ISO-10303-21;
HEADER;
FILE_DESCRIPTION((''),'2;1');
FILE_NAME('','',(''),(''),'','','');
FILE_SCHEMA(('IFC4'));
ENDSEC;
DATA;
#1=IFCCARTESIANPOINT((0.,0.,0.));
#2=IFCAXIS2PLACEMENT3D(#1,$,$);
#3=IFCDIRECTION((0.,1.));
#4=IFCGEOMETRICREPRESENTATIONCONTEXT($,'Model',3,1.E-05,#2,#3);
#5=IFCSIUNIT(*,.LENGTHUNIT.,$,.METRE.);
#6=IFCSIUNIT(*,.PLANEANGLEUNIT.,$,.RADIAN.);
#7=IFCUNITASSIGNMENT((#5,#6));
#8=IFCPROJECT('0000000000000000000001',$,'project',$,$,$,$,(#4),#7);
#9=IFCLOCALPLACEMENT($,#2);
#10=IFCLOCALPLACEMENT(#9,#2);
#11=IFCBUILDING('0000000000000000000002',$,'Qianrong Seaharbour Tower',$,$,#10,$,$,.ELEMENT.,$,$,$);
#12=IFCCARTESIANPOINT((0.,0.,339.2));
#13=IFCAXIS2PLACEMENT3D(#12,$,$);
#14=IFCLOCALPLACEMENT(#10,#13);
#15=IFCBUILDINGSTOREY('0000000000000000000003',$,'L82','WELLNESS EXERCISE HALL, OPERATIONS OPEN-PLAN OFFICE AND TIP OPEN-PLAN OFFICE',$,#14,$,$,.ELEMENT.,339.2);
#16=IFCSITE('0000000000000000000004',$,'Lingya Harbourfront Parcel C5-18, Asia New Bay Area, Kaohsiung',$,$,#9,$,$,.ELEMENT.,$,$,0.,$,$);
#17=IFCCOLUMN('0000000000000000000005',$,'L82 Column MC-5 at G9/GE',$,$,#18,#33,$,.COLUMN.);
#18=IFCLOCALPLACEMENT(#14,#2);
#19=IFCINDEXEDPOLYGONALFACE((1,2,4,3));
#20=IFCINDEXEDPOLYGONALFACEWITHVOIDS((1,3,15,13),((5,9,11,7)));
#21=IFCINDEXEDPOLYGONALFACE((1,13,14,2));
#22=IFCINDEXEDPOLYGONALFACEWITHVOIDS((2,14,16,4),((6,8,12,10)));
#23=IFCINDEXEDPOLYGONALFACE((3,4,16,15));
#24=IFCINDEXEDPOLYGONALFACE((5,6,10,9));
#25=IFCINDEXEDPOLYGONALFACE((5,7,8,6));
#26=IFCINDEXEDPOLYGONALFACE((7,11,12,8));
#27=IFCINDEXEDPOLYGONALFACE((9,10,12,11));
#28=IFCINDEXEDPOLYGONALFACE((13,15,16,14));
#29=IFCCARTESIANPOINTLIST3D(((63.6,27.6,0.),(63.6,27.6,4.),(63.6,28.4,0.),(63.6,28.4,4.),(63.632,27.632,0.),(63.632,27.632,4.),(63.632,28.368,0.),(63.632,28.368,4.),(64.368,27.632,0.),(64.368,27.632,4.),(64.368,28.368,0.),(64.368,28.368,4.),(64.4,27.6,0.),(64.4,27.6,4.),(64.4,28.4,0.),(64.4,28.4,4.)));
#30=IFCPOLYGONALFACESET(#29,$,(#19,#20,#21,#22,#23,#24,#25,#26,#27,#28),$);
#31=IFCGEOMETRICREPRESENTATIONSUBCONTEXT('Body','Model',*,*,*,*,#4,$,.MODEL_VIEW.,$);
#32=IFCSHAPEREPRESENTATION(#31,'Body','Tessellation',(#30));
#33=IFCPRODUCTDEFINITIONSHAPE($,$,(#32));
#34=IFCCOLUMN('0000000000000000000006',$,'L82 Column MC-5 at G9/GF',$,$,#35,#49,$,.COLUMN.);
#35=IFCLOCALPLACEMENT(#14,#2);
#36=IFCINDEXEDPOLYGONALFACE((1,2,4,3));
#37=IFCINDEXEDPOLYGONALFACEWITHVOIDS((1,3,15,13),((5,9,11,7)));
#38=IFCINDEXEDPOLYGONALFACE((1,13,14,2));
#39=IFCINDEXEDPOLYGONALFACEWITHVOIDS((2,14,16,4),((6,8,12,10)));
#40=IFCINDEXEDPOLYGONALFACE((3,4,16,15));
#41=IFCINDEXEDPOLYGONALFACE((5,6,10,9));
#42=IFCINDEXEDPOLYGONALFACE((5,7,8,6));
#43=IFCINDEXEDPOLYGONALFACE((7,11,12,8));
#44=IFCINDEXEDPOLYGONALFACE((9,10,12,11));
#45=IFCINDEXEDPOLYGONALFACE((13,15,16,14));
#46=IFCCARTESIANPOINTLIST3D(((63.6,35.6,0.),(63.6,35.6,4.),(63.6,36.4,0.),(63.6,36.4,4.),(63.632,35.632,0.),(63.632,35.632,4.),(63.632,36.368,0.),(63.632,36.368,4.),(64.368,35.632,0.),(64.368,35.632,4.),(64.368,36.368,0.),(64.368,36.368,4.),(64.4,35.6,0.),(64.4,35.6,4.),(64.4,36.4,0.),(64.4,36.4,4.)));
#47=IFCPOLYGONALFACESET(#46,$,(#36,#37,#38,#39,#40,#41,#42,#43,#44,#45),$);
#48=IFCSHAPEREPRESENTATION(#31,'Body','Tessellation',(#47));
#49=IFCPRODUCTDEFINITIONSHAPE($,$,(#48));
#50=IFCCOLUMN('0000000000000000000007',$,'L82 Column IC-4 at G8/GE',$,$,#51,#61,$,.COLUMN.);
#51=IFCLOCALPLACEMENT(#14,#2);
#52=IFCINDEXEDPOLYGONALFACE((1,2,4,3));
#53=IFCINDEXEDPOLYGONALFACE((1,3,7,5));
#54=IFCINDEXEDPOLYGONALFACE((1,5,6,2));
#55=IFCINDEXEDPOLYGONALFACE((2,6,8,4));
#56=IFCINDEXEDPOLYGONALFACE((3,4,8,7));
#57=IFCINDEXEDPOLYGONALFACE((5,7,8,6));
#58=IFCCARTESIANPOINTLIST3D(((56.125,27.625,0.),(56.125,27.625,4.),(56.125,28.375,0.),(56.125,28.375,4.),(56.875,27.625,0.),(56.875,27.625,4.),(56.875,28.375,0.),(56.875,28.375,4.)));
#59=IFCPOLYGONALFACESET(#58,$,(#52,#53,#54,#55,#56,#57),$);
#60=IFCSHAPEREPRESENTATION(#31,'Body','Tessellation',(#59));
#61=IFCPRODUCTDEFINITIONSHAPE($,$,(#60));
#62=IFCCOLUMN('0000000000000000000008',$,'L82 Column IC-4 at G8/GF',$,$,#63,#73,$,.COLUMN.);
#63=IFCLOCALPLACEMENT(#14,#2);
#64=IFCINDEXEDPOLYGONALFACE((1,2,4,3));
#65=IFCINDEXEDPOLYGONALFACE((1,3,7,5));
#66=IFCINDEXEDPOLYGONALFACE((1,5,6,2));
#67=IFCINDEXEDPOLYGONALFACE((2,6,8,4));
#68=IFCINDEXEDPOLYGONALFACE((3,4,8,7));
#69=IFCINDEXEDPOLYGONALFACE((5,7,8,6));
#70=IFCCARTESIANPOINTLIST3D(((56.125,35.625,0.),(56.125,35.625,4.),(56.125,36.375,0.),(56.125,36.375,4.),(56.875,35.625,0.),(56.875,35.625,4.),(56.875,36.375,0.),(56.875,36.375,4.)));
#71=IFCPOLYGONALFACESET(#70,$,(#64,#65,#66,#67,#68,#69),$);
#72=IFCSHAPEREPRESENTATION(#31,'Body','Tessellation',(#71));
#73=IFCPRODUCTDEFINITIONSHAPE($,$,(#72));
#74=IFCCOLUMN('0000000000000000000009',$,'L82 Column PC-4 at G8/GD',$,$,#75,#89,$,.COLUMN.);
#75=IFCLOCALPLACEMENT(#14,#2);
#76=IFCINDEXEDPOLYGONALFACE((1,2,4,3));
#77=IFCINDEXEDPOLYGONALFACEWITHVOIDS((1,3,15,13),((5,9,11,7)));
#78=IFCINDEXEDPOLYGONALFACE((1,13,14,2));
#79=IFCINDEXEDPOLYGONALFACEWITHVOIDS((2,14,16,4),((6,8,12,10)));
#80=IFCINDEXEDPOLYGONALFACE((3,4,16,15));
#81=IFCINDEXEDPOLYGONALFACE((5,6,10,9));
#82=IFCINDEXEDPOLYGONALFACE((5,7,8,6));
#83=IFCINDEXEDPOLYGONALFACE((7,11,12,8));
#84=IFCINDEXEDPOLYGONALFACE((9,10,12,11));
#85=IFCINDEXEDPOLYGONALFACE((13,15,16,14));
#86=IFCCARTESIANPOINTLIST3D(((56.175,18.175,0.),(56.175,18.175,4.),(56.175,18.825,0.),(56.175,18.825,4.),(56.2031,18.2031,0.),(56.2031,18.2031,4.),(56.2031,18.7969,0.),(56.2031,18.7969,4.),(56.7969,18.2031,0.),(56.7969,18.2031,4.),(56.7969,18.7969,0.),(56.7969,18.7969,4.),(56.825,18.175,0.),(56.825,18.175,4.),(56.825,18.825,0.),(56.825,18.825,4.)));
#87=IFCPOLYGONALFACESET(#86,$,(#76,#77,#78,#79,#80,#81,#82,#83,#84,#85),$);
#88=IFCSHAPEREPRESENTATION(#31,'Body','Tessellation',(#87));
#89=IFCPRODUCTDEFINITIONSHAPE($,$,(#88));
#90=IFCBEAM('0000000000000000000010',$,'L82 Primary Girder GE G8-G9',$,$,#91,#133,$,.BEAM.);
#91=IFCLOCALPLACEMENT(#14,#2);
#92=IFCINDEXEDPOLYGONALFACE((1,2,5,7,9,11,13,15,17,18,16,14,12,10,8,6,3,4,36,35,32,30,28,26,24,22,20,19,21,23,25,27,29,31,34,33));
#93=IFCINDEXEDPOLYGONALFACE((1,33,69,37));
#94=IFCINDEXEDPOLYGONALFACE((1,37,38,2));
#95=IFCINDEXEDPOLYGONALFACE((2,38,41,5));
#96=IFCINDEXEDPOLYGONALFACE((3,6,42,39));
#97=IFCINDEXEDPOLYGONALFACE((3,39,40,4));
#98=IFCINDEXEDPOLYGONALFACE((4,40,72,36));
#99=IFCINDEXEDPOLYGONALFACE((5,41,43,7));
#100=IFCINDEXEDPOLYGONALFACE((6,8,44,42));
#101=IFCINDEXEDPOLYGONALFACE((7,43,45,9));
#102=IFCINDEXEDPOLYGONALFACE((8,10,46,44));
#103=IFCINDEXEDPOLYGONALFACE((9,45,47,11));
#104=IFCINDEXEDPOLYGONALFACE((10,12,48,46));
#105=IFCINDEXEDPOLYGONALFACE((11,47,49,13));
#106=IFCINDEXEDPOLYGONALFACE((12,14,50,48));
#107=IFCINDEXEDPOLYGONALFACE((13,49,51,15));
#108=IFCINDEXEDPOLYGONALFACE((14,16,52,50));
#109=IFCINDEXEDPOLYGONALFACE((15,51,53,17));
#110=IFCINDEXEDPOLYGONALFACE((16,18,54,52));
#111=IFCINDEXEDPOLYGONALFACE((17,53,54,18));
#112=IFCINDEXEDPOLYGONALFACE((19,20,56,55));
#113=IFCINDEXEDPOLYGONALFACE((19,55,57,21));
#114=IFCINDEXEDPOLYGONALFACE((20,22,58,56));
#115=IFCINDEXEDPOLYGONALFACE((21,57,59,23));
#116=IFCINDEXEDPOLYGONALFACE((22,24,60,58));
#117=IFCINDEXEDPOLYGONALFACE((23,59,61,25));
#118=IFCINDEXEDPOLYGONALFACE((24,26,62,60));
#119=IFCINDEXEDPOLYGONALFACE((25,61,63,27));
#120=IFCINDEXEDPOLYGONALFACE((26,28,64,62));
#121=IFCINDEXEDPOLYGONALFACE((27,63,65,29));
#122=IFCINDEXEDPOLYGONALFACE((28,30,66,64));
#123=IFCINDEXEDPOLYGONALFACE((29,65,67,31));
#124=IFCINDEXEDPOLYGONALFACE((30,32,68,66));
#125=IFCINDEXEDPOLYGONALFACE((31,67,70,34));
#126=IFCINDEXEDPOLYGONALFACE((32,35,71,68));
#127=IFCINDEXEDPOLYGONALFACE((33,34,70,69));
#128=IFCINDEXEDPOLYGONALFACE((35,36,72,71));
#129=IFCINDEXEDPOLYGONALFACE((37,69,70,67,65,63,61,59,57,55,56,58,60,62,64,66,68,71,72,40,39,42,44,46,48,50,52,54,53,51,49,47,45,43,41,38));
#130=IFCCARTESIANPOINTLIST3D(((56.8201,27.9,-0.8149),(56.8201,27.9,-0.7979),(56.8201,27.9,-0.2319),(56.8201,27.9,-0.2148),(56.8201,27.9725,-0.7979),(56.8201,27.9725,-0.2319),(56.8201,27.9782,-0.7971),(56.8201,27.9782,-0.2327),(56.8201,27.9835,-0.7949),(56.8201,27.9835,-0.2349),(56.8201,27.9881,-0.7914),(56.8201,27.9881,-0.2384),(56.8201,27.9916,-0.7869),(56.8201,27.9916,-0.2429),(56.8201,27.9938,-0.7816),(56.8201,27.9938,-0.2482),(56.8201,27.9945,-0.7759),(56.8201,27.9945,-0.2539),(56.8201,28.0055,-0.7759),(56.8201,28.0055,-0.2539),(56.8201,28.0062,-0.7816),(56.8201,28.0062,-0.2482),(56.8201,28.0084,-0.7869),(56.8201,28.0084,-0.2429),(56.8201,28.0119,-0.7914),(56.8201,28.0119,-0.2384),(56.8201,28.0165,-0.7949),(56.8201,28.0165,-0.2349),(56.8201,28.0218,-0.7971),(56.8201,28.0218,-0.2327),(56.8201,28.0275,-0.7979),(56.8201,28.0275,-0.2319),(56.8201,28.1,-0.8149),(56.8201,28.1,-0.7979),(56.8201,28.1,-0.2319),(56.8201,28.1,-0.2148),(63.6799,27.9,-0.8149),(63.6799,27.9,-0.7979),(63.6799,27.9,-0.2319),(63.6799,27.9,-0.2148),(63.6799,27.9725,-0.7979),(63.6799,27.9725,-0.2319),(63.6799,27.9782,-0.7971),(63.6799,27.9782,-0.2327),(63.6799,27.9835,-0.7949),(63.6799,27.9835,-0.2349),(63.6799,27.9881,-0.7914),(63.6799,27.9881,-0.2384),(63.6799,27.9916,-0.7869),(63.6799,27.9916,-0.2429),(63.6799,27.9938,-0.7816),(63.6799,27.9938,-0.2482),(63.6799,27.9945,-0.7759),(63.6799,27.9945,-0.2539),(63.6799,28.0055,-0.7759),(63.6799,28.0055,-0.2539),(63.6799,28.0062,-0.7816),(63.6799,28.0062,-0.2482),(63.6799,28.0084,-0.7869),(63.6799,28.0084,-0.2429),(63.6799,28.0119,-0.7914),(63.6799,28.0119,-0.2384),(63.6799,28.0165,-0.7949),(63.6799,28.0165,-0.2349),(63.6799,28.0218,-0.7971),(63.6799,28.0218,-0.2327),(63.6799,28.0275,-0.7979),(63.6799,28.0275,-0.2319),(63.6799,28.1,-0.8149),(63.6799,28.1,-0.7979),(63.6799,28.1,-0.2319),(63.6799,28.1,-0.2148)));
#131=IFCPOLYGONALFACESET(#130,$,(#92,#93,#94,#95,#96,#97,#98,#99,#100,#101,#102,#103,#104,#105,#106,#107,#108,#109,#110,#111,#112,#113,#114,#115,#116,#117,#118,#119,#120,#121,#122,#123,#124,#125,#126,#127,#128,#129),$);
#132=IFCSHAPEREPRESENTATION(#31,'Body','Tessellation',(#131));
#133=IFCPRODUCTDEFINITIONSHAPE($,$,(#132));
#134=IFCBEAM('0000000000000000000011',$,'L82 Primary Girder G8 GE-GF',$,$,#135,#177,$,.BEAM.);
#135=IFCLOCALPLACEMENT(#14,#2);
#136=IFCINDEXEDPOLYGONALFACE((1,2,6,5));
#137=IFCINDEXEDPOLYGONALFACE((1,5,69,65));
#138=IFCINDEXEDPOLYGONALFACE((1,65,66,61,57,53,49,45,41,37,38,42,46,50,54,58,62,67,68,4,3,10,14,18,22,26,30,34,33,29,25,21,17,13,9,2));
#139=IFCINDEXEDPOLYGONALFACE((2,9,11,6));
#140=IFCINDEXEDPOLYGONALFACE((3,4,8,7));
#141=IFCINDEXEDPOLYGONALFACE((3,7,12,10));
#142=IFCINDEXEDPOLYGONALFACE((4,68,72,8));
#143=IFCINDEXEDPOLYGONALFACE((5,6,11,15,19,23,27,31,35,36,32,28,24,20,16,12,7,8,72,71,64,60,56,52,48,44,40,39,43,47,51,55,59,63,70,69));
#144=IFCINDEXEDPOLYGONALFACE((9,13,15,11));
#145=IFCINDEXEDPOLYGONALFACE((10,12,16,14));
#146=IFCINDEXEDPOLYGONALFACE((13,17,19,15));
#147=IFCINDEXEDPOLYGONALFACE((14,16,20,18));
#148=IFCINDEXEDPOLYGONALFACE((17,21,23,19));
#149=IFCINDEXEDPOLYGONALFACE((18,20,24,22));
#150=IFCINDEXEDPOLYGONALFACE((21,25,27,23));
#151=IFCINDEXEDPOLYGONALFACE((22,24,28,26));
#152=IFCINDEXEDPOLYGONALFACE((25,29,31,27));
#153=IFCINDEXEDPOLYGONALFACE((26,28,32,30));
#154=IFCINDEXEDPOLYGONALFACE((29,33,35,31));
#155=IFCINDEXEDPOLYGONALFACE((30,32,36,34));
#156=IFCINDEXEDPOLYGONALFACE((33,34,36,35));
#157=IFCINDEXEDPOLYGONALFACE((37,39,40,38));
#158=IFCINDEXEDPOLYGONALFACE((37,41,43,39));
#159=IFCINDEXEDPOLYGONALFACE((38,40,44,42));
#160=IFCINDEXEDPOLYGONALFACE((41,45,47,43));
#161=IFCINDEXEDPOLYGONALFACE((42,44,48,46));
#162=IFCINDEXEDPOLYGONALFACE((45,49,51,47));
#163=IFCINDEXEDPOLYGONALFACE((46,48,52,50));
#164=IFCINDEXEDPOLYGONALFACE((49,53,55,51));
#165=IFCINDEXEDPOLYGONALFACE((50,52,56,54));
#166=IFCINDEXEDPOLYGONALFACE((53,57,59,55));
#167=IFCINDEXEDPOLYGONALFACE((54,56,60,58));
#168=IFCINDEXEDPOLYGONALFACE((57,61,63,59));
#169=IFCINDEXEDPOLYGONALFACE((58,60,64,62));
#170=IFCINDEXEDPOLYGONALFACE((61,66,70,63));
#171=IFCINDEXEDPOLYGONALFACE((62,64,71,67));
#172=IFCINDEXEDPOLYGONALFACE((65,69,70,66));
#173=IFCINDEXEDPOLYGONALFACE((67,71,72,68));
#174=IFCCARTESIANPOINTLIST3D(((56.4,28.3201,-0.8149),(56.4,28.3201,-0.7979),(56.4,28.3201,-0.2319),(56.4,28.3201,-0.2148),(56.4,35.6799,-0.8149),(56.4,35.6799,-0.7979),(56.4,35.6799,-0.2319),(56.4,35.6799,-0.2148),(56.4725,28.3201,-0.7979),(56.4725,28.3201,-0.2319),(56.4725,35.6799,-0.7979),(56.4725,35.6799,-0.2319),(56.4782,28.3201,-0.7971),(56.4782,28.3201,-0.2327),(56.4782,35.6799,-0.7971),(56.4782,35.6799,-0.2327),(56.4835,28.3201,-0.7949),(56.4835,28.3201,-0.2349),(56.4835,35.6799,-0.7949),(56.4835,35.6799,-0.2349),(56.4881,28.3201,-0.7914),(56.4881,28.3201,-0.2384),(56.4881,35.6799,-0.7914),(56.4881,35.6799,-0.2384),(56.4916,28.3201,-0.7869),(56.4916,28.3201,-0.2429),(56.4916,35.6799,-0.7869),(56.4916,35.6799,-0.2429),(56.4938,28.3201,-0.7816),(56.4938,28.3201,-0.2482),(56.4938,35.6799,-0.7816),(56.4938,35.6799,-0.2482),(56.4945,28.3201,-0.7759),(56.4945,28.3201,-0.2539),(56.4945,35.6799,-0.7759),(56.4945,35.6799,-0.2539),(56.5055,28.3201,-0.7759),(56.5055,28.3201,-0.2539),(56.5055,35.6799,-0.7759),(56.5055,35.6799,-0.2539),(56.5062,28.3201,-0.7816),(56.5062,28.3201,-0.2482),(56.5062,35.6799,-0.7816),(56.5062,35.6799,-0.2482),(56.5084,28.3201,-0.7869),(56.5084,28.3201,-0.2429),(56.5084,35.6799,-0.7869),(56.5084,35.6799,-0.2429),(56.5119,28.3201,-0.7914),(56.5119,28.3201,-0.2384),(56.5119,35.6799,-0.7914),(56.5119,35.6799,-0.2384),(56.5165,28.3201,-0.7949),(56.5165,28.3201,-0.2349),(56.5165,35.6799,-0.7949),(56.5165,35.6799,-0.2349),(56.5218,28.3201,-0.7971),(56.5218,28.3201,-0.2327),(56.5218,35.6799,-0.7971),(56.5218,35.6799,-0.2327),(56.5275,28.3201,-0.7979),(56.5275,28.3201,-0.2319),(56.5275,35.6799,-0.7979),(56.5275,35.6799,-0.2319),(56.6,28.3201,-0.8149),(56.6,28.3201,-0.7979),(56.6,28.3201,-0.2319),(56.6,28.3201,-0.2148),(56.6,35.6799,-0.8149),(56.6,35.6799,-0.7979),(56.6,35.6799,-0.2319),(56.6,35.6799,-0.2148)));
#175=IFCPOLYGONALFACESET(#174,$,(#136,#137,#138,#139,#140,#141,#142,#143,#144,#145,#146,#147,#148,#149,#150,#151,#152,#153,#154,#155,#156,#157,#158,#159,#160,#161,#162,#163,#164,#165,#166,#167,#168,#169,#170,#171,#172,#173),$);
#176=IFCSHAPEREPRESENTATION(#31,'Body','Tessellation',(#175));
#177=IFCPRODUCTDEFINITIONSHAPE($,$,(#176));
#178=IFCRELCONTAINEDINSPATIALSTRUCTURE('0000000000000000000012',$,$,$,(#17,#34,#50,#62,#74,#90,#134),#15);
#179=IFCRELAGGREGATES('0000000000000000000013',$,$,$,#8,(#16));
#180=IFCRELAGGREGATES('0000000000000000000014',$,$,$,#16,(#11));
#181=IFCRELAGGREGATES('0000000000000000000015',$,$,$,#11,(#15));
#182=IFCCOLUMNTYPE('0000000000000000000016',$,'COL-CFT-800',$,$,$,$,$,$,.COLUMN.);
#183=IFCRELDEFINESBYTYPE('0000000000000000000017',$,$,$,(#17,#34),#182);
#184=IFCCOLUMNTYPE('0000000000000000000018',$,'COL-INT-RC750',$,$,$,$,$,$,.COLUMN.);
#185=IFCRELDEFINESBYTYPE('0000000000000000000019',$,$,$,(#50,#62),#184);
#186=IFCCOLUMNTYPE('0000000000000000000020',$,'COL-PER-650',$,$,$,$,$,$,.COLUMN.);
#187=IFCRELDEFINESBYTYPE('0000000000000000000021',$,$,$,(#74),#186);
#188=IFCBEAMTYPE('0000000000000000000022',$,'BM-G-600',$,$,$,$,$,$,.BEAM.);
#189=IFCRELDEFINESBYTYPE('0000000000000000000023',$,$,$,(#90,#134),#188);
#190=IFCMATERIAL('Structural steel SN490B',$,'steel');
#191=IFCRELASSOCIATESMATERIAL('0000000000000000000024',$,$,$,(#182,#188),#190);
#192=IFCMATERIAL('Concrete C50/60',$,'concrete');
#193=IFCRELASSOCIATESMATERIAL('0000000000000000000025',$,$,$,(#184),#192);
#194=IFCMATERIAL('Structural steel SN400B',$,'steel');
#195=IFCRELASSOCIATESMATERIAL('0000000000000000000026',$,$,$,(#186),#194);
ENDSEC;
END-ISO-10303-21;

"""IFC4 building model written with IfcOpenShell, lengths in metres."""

from ifc_helpers import new_model, si_unit, direction, frame, origin, origin_2d, place, context, subcontext, project, spatial, rectangle, hollow_rectangle, i_section, extrude, material, material_profile, profile_set, type_object, element, save


model = new_model("IFC4")

# Units and contexts
model_context = context("Model", 3, precision=1e-05, world=origin(), true_north=direction((0.0, 1.0)))
body_context = subcontext(model_context, "Body", "Model", "MODEL_VIEW")
ifc_project = project(units=[si_unit("LENGTHUNIT", "METRE"), si_unit("PLANEANGLEUNIT", "RADIAN")], contexts=[model_context])

# Site, building, storey
site_placement = place(None, origin())
site = spatial("IfcSite", under=ifc_project, at=site_placement, Name="Lingya Harbourfront Parcel C5-18, Asia New Bay Area, Kaohsiung", CompositionType="ELEMENT", RefElevation=0.0)
building_placement = place(site_placement, origin())
building = spatial("IfcBuilding", under=site, at=building_placement, Name="Qianrong Seaharbour Tower", CompositionType="ELEMENT")
storey_placement = place(building_placement, frame((0.0, 0.0, 339.2)))
storey = spatial("IfcBuildingStorey", under=building, at=storey_placement, Name="L82", Description="WELLNESS EXERCISE HALL, OPERATIONS OPEN-PLAN OFFICE AND TIP OPEN-PLAN OFFICE", CompositionType="ELEMENT", Elevation=339.2)

# Columns
ifc_material_1 = material(Name="Structural steel SN490B", Category="steel")
ifc_material_profile_1 = material_profile(ifc_material_1, hollow_rectangle(XDim=0.8, YDim=0.8, WallThickness=0.032, at=origin_2d()), Name="BOX800x800x32")
ifc_profile_set_1 = profile_set([ifc_material_profile_1], Name="Structural steel SN490B")
column_type_1 = type_object("IfcColumnType", Name="COL-CFT-800", PredefinedType="COLUMN", material=ifc_profile_set_1)
for number, where, z_axis, x_axis, name in (
    (1, (64.0, 28.0, 0.0), (0.0, 0.0, 1.0), (1.0, 0.0, 0.0), "L82 Column MC-5 at G9/GE"),
    (2, (64.0, 36.0, 0.0), (0.0, 0.0, 1.0), (1.0, 0.0, 0.0), "L82 Column MC-5 at G9/GF"),
):
    element("IfcColumn", number, at=place(storey_placement, frame(where, z_axis=z_axis, x_axis=x_axis)), inside=storey, type_object=column_type_1, Name=name, PredefinedType="COLUMN", context=body_context, shape_type="SweptSolid", body=[
        extrude(hollow_rectangle(XDim=0.8, YDim=0.8, WallThickness=0.032, at=origin_2d()), origin(), (0.0, 0.0, 1.0), 4.0),
    ])
ifc_material_2 = material(Name="Concrete C50/60", Category="concrete")
ifc_material_profile_2 = material_profile(ifc_material_2, rectangle(XDim=0.75, YDim=0.75, at=origin_2d()), Name="RC750x750")
ifc_profile_set_2 = profile_set([ifc_material_profile_2], Name="Concrete C50/60")
column_type_2 = type_object("IfcColumnType", Name="COL-INT-RC750", PredefinedType="COLUMN", material=ifc_profile_set_2)
for number, where, z_axis, x_axis, name in (
    (3, (56.5, 28.0, 0.0), (0.0, 0.0, 1.0), (1.0, 0.0, 0.0), "L82 Column IC-4 at G8/GE"),
    (4, (56.5, 36.0, 0.0), (0.0, 0.0, 1.0), (1.0, 0.0, 0.0), "L82 Column IC-4 at G8/GF"),
):
    element("IfcColumn", number, at=place(storey_placement, frame(where, z_axis=z_axis, x_axis=x_axis)), inside=storey, type_object=column_type_2, Name=name, PredefinedType="COLUMN", context=body_context, shape_type="SweptSolid", body=[
        extrude(rectangle(XDim=0.75, YDim=0.75, at=origin_2d()), origin(), (0.0, 0.0, 1.0), 4.0),
    ])
ifc_material_3 = material(Name="Structural steel SN400B", Category="steel")
ifc_material_profile_3 = material_profile(ifc_material_3, hollow_rectangle(XDim=0.6499, YDim=0.6499, WallThickness=0.0281, at=origin_2d()), Name="BOX650x650x28")
ifc_profile_set_3 = profile_set([ifc_material_profile_3], Name="Structural steel SN400B")
column_type_3 = type_object("IfcColumnType", Name="COL-PER-650", PredefinedType="COLUMN", material=ifc_profile_set_3)
column_placement = place(storey_placement, frame((56.5, 18.5, 0.0), z_axis=(0.0, 0.0, 1.0), x_axis=(1.0, 0.0, 0.0)))
element("IfcColumn", 5, at=column_placement, inside=storey, type_object=column_type_3, Name="L82 Column PC-4 at G8/GD", PredefinedType="COLUMN", context=body_context, shape_type="SweptSolid", body=[
    extrude(hollow_rectangle(XDim=0.6499, YDim=0.6499, WallThickness=0.0281, at=origin_2d()), origin(), (0.0, 0.0, 1.0), 4.0),
])

# Beams
ifc_material_profile_4 = material_profile(ifc_material_1, i_section(OverallWidth=0.2, OverallDepth=0.6001, WebThickness=0.011, FlangeThickness=0.0171, FilletRadius=0.022, at=origin_2d()), Name="H600x200x11x17")
ifc_profile_set_4 = profile_set([ifc_material_profile_4], Name="Structural steel SN490B")
beam_type_1 = type_object("IfcBeamType", Name="BM-G-600", PredefinedType="BEAM", material=ifc_profile_set_4)
beam_1_placement = place(storey_placement, frame((56.8201, 28.0, -0.5149), z_axis=(1.0, 0.0, 0.0), x_axis=(0.0, 1.0, 0.0)))
element("IfcBeam", 6, at=beam_1_placement, inside=storey, type_object=beam_type_1, Name="L82 Primary Girder GE G8-G9", PredefinedType="BEAM", context=body_context, shape_type="SweptSolid", body=[
    extrude(i_section(OverallWidth=0.2, OverallDepth=0.6001, WebThickness=0.011, FlangeThickness=0.0171, FilletRadius=0.022, at=origin_2d()), origin(), (0.0, 0.0, 1.0), 6.8599),
])
beam_2_placement = place(storey_placement, frame((56.5, 28.3201, -0.5149), z_axis=(0.0, 1.0, 0.0), x_axis=(-1.0, 0.0, 0.0)))
element("IfcBeam", 7, at=beam_2_placement, inside=storey, type_object=beam_type_1, Name="L82 Primary Girder G8 GE-GF", PredefinedType="BEAM", context=body_context, shape_type="SweptSolid", body=[
    extrude(i_section(OverallWidth=0.2, OverallDepth=0.6001, WebThickness=0.011, FlangeThickness=0.0171, FilletRadius=0.022, at=origin_2d()), origin(), (0.0, 0.0, 1.0), 7.3599),
])

save(model, "model.ifc")
